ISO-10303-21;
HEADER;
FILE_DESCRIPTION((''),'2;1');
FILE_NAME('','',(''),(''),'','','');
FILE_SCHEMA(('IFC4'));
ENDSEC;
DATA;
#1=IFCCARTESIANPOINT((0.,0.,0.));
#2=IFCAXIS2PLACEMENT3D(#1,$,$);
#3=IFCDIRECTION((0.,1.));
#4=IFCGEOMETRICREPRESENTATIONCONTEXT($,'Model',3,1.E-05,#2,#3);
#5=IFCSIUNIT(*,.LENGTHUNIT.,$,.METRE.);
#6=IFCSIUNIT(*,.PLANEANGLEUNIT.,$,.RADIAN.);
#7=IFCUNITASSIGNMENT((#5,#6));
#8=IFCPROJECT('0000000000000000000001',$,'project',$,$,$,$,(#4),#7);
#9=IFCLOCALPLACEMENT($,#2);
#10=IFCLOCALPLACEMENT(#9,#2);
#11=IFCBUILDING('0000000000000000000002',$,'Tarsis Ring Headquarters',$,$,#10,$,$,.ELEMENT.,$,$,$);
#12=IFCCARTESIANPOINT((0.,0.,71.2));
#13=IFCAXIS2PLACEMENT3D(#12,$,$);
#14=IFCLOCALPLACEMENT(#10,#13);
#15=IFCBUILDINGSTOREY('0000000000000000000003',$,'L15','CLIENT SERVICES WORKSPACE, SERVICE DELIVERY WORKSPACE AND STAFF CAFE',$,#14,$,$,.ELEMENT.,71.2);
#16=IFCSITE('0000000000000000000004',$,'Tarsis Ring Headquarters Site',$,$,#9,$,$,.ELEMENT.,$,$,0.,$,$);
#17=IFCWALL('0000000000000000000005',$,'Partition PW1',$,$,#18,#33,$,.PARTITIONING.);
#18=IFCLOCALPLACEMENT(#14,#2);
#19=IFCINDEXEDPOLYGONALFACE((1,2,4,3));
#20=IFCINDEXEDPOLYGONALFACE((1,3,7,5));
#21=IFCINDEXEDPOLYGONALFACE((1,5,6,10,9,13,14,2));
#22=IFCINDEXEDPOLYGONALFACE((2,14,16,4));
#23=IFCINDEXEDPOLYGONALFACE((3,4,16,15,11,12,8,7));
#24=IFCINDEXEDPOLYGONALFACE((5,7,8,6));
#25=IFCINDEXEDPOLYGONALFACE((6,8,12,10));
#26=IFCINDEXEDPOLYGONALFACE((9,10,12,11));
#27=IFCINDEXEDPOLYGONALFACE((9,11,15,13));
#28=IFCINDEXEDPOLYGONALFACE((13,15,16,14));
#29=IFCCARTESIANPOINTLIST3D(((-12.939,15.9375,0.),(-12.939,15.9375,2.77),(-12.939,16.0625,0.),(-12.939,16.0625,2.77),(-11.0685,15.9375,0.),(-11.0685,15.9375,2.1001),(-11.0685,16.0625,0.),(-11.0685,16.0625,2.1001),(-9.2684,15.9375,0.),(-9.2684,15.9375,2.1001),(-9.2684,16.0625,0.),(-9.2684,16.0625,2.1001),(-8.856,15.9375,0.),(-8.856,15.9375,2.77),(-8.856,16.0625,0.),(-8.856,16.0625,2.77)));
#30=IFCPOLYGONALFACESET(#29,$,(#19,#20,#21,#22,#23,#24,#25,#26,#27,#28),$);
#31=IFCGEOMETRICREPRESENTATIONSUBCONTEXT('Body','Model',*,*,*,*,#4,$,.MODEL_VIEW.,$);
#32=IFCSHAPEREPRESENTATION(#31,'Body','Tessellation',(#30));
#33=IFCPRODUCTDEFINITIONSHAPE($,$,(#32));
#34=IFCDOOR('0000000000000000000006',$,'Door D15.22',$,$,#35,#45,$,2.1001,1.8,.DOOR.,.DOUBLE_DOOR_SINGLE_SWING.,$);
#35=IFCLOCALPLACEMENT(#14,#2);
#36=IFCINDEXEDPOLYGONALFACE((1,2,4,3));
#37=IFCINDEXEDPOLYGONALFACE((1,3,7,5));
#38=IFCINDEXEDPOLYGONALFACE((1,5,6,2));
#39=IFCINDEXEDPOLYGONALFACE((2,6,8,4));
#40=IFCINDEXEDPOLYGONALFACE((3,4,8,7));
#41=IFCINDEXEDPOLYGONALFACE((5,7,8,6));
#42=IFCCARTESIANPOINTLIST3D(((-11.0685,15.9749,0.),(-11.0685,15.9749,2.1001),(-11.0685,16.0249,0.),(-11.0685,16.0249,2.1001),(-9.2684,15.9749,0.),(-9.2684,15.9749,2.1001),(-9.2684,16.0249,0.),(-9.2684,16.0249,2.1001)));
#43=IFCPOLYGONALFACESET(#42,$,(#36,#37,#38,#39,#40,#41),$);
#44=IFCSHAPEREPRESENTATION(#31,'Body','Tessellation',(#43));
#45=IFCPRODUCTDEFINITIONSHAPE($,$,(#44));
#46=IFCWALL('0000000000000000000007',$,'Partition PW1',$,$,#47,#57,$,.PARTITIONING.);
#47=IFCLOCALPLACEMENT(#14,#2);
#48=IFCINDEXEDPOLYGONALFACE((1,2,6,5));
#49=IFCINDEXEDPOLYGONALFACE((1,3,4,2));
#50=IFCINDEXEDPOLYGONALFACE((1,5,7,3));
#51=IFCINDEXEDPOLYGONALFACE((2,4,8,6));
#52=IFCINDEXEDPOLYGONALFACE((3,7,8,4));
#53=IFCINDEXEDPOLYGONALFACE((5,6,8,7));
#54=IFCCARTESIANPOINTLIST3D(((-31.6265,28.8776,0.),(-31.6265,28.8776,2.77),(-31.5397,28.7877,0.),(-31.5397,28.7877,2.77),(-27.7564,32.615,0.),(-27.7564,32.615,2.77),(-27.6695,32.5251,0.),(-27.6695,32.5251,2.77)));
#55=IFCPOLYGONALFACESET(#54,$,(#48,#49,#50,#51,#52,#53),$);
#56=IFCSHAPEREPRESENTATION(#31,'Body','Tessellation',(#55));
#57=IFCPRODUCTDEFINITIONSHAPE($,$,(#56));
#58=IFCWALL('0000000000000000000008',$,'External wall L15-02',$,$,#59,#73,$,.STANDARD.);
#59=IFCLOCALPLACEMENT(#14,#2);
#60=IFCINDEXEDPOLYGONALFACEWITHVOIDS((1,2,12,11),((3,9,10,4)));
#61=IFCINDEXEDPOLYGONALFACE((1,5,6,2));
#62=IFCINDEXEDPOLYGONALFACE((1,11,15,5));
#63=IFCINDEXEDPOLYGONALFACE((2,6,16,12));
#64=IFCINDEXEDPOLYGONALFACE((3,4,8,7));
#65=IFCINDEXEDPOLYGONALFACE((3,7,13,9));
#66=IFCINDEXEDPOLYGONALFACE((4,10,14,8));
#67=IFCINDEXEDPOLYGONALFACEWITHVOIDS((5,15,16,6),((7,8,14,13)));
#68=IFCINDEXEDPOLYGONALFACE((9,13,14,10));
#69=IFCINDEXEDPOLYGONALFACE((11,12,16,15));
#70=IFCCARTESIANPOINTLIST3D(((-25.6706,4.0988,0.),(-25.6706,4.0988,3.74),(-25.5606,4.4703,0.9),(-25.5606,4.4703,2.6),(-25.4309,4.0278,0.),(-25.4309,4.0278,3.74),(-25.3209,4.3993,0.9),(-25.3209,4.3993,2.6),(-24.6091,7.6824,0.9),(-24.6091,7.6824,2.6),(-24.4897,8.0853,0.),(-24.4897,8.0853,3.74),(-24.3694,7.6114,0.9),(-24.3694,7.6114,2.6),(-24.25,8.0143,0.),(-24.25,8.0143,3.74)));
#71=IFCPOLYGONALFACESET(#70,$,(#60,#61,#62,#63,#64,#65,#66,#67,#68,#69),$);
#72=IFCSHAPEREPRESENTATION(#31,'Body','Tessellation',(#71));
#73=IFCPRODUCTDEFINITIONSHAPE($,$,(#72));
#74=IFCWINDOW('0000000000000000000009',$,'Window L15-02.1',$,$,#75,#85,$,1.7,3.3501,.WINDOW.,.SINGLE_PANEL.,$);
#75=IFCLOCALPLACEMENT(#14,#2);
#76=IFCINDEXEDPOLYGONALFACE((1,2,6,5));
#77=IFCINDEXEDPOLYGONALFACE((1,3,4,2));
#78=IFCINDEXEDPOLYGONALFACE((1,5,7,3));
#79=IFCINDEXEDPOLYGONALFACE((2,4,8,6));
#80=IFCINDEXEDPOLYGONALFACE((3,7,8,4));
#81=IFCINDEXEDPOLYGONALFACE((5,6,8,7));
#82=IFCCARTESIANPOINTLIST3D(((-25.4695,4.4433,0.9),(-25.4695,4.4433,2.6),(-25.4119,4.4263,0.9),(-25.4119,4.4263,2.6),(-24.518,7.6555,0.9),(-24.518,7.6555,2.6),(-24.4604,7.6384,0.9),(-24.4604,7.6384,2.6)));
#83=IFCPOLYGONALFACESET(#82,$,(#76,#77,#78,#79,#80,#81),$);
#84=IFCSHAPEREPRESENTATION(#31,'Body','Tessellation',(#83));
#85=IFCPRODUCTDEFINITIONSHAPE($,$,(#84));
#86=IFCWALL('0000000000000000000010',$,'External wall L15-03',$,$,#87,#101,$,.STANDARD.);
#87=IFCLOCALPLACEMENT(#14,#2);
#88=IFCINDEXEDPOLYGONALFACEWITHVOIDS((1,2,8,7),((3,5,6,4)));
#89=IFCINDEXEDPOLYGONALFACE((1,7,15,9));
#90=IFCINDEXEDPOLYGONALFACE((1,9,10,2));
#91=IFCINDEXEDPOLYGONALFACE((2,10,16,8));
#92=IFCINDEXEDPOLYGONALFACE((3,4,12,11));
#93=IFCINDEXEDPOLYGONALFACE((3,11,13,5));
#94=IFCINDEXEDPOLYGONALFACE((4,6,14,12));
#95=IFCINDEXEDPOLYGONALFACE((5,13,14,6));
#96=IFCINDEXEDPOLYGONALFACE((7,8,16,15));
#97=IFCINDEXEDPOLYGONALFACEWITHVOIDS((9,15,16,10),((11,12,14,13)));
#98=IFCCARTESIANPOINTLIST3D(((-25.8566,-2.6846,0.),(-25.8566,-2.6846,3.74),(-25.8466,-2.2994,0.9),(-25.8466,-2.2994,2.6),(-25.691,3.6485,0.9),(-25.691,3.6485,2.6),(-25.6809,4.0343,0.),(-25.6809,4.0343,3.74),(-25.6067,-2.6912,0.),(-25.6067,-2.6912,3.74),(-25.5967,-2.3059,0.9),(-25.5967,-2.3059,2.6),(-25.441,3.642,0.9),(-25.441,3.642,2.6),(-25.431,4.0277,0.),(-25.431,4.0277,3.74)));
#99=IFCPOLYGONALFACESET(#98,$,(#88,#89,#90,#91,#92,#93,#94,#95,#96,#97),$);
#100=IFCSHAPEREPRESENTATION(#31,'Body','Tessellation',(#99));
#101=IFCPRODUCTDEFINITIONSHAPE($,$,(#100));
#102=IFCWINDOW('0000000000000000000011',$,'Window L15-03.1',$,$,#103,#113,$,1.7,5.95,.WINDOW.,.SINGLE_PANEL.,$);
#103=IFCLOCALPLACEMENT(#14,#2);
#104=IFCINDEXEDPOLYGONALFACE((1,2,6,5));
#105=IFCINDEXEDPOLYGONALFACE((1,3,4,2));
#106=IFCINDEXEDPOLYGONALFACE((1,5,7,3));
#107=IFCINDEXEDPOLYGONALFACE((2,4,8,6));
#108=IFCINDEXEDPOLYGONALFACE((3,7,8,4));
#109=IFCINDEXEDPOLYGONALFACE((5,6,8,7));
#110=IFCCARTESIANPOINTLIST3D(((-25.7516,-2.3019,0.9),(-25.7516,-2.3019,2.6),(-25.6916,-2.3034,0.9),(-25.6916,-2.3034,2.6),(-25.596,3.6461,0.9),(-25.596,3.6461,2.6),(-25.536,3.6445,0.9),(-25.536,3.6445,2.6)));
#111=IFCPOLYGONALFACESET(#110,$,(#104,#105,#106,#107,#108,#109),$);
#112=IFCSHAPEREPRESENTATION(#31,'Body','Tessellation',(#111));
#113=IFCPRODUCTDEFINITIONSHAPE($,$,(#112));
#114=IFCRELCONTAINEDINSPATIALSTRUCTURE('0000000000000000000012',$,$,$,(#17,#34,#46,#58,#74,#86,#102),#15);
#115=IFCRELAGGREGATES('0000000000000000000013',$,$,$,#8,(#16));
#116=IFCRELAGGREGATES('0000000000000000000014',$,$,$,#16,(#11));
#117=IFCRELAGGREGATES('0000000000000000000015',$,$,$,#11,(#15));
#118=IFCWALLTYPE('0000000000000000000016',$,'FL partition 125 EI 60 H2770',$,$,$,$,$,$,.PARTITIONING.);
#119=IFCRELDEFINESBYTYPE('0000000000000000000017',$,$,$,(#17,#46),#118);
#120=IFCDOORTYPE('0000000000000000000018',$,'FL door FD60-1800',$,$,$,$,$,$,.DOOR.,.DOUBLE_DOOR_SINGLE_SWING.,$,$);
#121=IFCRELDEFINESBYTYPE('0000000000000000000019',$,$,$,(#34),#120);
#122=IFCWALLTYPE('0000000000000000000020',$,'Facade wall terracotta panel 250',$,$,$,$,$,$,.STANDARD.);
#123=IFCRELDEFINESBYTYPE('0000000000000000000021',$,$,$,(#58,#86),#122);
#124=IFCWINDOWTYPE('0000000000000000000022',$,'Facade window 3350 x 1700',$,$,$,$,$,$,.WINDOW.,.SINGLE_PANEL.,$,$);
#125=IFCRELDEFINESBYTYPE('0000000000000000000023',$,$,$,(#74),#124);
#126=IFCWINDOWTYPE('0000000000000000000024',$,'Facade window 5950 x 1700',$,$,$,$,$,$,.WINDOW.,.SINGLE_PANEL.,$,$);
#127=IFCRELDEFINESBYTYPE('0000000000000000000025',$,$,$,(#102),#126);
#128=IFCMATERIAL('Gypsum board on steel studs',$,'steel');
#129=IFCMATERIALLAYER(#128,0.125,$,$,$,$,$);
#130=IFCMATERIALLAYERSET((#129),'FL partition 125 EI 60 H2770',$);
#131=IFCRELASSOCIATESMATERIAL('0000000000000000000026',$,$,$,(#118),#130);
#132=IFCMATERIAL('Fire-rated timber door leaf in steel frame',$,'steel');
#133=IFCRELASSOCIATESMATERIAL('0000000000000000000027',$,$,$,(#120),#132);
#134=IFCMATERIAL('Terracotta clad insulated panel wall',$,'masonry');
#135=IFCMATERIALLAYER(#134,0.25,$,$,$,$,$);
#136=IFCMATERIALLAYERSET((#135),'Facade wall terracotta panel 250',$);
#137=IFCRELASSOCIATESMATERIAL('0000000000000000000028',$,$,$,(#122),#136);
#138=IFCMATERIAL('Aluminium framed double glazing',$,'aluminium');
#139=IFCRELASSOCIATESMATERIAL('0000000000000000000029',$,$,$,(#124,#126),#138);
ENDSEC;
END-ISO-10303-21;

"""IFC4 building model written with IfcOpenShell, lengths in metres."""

from ifc_helpers import new_model, si_unit, direction, frame, frame_2d, origin, place, context, subcontext, project, spatial, rectangle, extrude, material, layer, layer_set, type_object, element, fill, save


model = new_model("IFC4")

# Units and contexts
model_context = context("Model", 3, precision=1e-05, world=origin(), true_north=direction((0.0, 1.0)))
body_context = subcontext(model_context, "Body", "Model", "MODEL_VIEW")
ifc_project = project(units=[si_unit("LENGTHUNIT", "METRE"), si_unit("PLANEANGLEUNIT", "RADIAN")], contexts=[model_context])

# Site, building, storey
site_placement = place(None, origin())
site = spatial("IfcSite", under=ifc_project, at=site_placement, Name="Tarsis Ring Headquarters Site", CompositionType="ELEMENT", RefElevation=0.0)
building_placement = place(site_placement, origin())
building = spatial("IfcBuilding", under=site, at=building_placement, Name="Tarsis Ring Headquarters", CompositionType="ELEMENT")
storey_placement = place(building_placement, frame((0.0, 0.0, 71.2)))
storey = spatial("IfcBuildingStorey", under=building, at=storey_placement, Name="L15", Description="CLIENT SERVICES WORKSPACE, SERVICE DELIVERY WORKSPACE AND STAFF CAFE", CompositionType="ELEMENT", Elevation=71.2)

# Shared definitions
ifc_material_1 = material(Name="Gypsum board on steel studs", Category="steel")

# Wall, opening, door
ifc_layer_1 = layer(ifc_material_1, 0.125)
ifc_layer_set_1 = layer_set([ifc_layer_1], Name="FL partition 125 EI 60 H2770")
wall_type_1 = type_object("IfcWallType", Name="FL partition 125 EI 60 H2770", PredefinedType="PARTITIONING", material=ifc_layer_set_1)
ifc_material_2 = material(Name="Fire-rated timber door leaf in steel frame", Category="steel")
wall_1_placement = place(storey_placement, frame((-12.939, 16.0, 0.0), z_axis=(0.0, 0.0, 1.0), x_axis=(1.0, 0.0, 0.0)))
wall_1 = element("IfcWall", 1, at=wall_1_placement, inside=storey, type_object=wall_type_1, Name="Partition PW1", PredefinedType="PARTITIONING", context=body_context, shape_type="SweptSolid", body=[
    extrude(rectangle(XDim=4.083, YDim=0.125, at=frame_2d((2.0415, 0.0))), origin(), (0.0, 0.0, 1.0), 2.77),
])
opening_1_placement = place(wall_1_placement, frame((1.8706, 0.0, 0.0)))
opening_1 = element("IfcOpeningElement", 2, at=opening_1_placement, cuts=wall_1, PredefinedType="OPENING", context=body_context, shape_type="SweptSolid", body=[
    extrude(rectangle(XDim=1.8, YDim=2.1001, at=frame_2d((0.8999, 1.05))), frame((0.0, 0.0725, 0.0), z_axis=(0.0, -1.0, 0.0), x_axis=(1.0, 0.0, 0.0)), (0.0, 0.0, 1.0), 0.145),
])
door_type_1 = type_object("IfcDoorType", Name="FL door FD60-1800", OperationType="DOUBLE_DOOR_SINGLE_SWING", PredefinedType="DOOR", material=ifc_material_2)
door_1_placement = place(opening_1_placement, origin())
door_1 = element("IfcDoor", 3, at=door_1_placement, inside=storey, type_object=door_type_1, Name="Door D15.22", OperationType="DOUBLE_DOOR_SINGLE_SWING", OverallHeight=2.1001, OverallWidth=1.8, PredefinedType="DOOR", context=body_context, shape_type="SweptSolid", body=[
    extrude(rectangle(XDim=1.8, YDim=2.1001, at=frame_2d((0.8999, 1.05))), frame((0.0, 0.0249, 0.0), z_axis=(0.0, -1.0, 0.0), x_axis=(1.0, 0.0, 0.0)), (0.0, 0.0, 1.0), 0.05),
])
fill(opening_1, door_1)

# Wall
wall_2_placement = place(storey_placement, frame((-31.583, 28.8328, 0.0), z_axis=(0.0, 0.0, 1.0), x_axis=(0.719342, 0.694656, 0.0)))
element("IfcWall", 4, at=wall_2_placement, inside=storey, type_object=wall_type_1, Name="Partition PW1", PredefinedType="PARTITIONING", context=body_context, shape_type="SweptSolid", body=[
    extrude(rectangle(XDim=5.3801, YDim=0.125, at=frame_2d((2.6899, 0.0))), origin(), (0.0, 0.0, 1.0), 2.77),
])

# Walls, openings, windows
ifc_material_3 = material(Name="Terracotta clad insulated panel wall", Category="masonry")
ifc_layer_2 = layer(ifc_material_3, 0.25)
ifc_layer_set_2 = layer_set([ifc_layer_2], Name="Facade wall terracotta panel 250")
wall_type_2 = type_object("IfcWallType", Name="Facade wall terracotta panel 250", PredefinedType="STANDARD", material=ifc_layer_set_2)
wall_3_placement = place(storey_placement, frame((-24.3699, 8.0498, 0.0), z_axis=(0.0, 0.0, 1.0), x_axis=(-0.284022, -0.958818, 0.0)))
wall_3 = element("IfcWall", 5, at=wall_3_placement, inside=storey, type_object=wall_type_2, Name="External wall L15-02", PredefinedType="STANDARD", context=body_context, shape_type="SweptSolid", body=[
    extrude(rectangle(XDim=4.1577, YDim=0.25, at=frame_2d((2.0789, 0.0))), origin(), (0.0, 0.0, 1.0), 3.74),
])
opening_2_placement = place(wall_3_placement, frame((0.4202, 0.0, 0.8999)))
opening_2 = element("IfcOpeningElement", 6, at=opening_2_placement, cuts=wall_3, PredefinedType="OPENING", context=body_context, shape_type="SweptSolid", body=[
    extrude(rectangle(XDim=3.3501, YDim=1.7, at=frame_2d((1.675, 0.8501))), frame((0.0, 0.135, 0.0), z_axis=(0.0, -1.0, 0.0), x_axis=(1.0, 0.0, 0.0)), (0.0, 0.0, 1.0), 0.27),
])
ifc_material_4 = material(Name="Aluminium framed double glazing", Category="aluminium")
window_type_1 = type_object("IfcWindowType", Name="Facade window 3350 x 1700", PartitioningType="SINGLE_PANEL", PredefinedType="WINDOW", material=ifc_material_4)
window_1_placement = place(opening_2_placement, origin())
window_1 = element("IfcWindow", 7, at=window_1_placement, inside=storey, type_object=window_type_1, Name="Window L15-02.1", OverallHeight=1.7, OverallWidth=3.3501, PartitioningType="SINGLE_PANEL", PredefinedType="WINDOW", context=body_context, shape_type="SweptSolid", body=[
    extrude(rectangle(XDim=3.3501, YDim=1.7, at=frame_2d((1.675, 0.8501))), frame((0.0, 0.03, 0.0), z_axis=(0.0, -1.0, 0.0), x_axis=(1.0, 0.0, 0.0)), (0.0, 0.0, 1.0), 0.0601),
])
fill(opening_2, window_1)
wall_4_placement = place(storey_placement, frame((-25.5559, 4.031, 0.0), z_axis=(0.0, 0.0, 1.0), x_axis=(-0.026153, -0.999658, 0.0)))
wall_4 = element("IfcWall", 8, at=wall_4_placement, inside=storey, type_object=wall_type_2, Name="External wall L15-03", PredefinedType="STANDARD", context=body_context, shape_type="SweptSolid", body=[
    extrude(rectangle(XDim=6.7212, YDim=0.25, at=frame_2d((3.3606, 0.0))), origin(), (0.0, 0.0, 1.0), 3.74),
])
opening_3_placement = place(wall_4_placement, frame((0.3857, 0.0, 0.8999)))
opening_3 = element("IfcOpeningElement", 9, at=opening_3_placement, cuts=wall_4, PredefinedType="OPENING", context=body_context, shape_type="SweptSolid", body=[
    extrude(rectangle(XDim=5.95, YDim=1.7, at=frame_2d((2.9751, 0.8501))), frame((0.0, 0.135, 0.0), z_axis=(0.0, -1.0, 0.0), x_axis=(1.0, 0.0, 0.0)), (0.0, 0.0, 1.0), 0.27),
])
window_type_2 = type_object("IfcWindowType", Name="Facade window 5950 x 1700", PartitioningType="SINGLE_PANEL", PredefinedType="WINDOW", material=ifc_material_4)
window_2_placement = place(opening_3_placement, origin())
window_2 = element("IfcWindow", 10, at=window_2_placement, inside=storey, type_object=window_type_2, Name="Window L15-03.1", OverallHeight=1.7, OverallWidth=5.95, PartitioningType="SINGLE_PANEL", PredefinedType="WINDOW", context=body_context, shape_type="SweptSolid", body=[
    extrude(rectangle(XDim=5.95, YDim=1.7, at=frame_2d((2.9751, 0.8501))), frame((0.0, 0.03, 0.0), z_axis=(0.0, -1.0, 0.0), x_axis=(1.0, 0.0, 0.0)), (0.0, 0.0, 1.0), 0.0601),
])
fill(opening_3, window_2)

save(model, "model.ifc")
